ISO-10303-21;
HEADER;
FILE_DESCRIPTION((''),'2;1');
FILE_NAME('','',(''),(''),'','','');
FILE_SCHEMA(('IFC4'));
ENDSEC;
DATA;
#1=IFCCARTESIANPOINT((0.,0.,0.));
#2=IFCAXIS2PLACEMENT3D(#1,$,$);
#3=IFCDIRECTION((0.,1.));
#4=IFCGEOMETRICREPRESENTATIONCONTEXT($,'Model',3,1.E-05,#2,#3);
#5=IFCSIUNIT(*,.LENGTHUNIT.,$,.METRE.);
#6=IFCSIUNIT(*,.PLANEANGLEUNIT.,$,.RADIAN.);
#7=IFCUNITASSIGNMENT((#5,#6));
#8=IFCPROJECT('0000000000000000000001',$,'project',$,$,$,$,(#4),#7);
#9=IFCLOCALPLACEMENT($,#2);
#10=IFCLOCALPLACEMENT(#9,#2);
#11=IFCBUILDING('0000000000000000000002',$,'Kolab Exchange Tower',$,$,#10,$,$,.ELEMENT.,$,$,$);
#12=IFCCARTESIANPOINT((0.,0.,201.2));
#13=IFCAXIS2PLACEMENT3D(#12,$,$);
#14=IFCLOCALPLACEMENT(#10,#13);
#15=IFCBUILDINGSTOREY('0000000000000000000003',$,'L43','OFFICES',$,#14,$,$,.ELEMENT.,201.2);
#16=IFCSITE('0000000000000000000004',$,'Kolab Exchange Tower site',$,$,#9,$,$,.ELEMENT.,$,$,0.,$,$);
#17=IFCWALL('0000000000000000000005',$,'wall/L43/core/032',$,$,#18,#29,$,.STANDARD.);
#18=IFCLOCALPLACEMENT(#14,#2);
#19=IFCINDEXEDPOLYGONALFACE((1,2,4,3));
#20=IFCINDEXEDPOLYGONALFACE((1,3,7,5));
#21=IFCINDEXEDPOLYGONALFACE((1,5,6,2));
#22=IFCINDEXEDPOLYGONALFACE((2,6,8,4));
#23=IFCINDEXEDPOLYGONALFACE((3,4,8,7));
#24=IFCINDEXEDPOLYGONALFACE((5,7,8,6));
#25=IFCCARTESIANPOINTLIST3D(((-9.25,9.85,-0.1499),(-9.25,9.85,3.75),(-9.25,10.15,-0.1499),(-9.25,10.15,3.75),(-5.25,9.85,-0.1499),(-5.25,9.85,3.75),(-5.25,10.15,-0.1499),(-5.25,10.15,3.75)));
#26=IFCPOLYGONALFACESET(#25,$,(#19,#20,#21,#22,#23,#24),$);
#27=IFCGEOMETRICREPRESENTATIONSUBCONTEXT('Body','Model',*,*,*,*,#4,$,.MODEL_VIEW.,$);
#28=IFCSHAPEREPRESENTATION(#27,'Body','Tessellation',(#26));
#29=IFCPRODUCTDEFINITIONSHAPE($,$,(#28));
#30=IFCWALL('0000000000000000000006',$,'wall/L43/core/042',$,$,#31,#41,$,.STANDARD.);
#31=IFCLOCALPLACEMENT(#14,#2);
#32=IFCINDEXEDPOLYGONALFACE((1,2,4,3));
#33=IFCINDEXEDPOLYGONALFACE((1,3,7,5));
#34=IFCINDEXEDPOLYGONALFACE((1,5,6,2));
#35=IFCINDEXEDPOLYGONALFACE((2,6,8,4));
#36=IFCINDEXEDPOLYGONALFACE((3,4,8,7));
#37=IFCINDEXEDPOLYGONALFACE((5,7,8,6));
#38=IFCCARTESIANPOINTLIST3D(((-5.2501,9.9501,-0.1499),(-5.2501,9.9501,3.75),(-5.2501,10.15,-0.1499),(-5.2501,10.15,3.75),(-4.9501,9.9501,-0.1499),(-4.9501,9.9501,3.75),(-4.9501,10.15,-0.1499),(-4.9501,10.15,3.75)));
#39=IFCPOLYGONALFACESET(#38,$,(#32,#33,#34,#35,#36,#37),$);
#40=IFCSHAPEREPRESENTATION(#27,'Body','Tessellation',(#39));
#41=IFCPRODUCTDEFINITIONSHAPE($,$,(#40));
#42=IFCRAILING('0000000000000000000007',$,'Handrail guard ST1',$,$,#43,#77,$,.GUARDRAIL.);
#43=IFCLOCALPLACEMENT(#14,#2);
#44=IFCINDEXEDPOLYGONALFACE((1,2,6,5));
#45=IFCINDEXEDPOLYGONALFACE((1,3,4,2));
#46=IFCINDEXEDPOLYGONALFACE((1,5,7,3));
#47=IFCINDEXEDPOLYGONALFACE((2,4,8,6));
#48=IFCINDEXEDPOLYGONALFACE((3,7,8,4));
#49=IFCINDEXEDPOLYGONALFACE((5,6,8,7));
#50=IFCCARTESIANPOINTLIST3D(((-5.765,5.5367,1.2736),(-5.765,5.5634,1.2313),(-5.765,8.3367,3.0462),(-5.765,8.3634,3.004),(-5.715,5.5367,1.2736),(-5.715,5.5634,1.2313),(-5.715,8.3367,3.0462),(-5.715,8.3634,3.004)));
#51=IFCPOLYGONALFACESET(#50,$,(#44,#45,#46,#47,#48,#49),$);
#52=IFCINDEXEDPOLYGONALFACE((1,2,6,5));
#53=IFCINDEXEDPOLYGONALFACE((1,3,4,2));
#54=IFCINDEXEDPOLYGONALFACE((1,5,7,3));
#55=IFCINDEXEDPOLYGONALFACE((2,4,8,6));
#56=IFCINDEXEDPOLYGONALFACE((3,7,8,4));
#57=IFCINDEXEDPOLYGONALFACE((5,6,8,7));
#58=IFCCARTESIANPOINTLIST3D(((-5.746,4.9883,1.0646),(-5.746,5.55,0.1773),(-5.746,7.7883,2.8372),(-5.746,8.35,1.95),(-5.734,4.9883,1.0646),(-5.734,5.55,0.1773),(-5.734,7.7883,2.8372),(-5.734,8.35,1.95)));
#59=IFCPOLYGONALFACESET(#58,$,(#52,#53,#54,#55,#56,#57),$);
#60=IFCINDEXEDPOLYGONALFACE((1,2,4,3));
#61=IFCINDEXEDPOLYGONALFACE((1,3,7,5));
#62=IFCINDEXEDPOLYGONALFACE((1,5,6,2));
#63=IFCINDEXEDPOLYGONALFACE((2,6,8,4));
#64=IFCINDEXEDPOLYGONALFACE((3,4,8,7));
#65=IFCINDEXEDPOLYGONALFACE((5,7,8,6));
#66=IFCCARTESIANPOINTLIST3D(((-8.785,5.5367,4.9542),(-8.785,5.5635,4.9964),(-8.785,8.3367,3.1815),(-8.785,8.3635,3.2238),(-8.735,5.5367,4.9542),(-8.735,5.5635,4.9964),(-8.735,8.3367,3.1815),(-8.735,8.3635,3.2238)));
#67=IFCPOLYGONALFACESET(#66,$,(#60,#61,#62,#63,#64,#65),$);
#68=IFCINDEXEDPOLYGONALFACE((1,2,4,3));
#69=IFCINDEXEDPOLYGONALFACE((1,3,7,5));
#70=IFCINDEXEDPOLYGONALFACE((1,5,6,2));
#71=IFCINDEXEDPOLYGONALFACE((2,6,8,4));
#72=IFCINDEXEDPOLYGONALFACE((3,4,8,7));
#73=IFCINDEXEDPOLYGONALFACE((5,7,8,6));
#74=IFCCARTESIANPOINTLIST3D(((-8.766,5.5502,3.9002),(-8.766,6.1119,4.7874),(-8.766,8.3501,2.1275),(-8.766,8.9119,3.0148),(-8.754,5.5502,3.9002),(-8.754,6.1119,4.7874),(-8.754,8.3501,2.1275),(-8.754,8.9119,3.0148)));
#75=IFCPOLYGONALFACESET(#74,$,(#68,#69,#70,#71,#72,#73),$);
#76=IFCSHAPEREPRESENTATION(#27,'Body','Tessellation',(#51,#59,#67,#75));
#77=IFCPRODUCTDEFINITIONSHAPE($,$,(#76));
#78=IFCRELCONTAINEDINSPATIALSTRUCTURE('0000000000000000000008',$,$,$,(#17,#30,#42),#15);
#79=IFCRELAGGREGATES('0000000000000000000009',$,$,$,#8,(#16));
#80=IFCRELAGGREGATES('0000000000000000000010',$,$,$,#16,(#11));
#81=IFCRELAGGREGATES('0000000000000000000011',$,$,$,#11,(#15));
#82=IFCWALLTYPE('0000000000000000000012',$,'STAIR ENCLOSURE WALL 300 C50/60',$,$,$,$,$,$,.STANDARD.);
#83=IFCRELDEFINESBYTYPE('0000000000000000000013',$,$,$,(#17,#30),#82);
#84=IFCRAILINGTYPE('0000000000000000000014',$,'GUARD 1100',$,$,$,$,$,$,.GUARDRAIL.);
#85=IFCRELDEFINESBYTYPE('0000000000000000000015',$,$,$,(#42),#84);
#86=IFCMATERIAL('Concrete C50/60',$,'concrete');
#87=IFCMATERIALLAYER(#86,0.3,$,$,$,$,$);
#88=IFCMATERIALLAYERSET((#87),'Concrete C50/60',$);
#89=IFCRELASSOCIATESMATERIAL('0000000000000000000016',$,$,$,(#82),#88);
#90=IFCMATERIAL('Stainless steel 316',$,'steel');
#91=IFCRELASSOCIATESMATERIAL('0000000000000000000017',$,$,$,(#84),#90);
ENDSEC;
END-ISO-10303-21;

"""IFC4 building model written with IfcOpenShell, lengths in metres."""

from ifc_helpers import new_model, si_unit, direction, frame, frame_2d, origin, origin_2d, place, context, subcontext, project, spatial, rectangle, extrude, material, layer, layer_set, type_object, element, save


model = new_model("IFC4")

# Units and contexts
model_context = context("Model", 3, precision=1e-05, world=origin(), true_north=direction((0.0, 1.0)))
body_context = subcontext(model_context, "Body", "Model", "MODEL_VIEW")
ifc_project = project(units=[si_unit("LENGTHUNIT", "METRE"), si_unit("PLANEANGLEUNIT", "RADIAN")], contexts=[model_context])

# Site, building, storey
site_placement = place(None, origin())
site = spatial("IfcSite", under=ifc_project, at=site_placement, Name="Kolab Exchange Tower site", CompositionType="ELEMENT", RefElevation=0.0)
building_placement = place(site_placement, origin())
building = spatial("IfcBuilding", under=site, at=building_placement, Name="Kolab Exchange Tower", CompositionType="ELEMENT")
storey_placement = place(building_placement, frame((0.0, 0.0, 201.2)))
storey = spatial("IfcBuildingStorey", under=building, at=storey_placement, Name="L43", Description="OFFICES", CompositionType="ELEMENT", Elevation=201.2)

# Shared definitions
ifc_material_1 = material(Name="Concrete C50/60", Category="concrete")
ifc_material_2 = material(Name="Stainless steel 316", Category="steel")

# Walls
ifc_layer_1 = layer(ifc_material_1, 0.3)
ifc_layer_set_1 = layer_set([ifc_layer_1], Name="Concrete C50/60")
wall_type_1 = type_object("IfcWallType", Name="STAIR ENCLOSURE WALL 300 C50/60", PredefinedType="STANDARD", material=ifc_layer_set_1)
wall_1_placement = place(storey_placement, frame((-9.25, 10.0, -0.1499), z_axis=(0.0, 0.0, 1.0), x_axis=(1.0, 0.0, 0.0)))
element("IfcWall", 1, at=wall_1_placement, inside=storey, type_object=wall_type_1, Name="wall/L43/core/032", PredefinedType="STANDARD", context=body_context, shape_type="SweptSolid", body=[
    extrude(rectangle(XDim=4.0, YDim=0.3, at=frame_2d((2.0, 0.0))), origin(), (0.0, 0.0, 1.0), 3.8999),
])
wall_2_placement = place(storey_placement, frame((-5.1001, 9.95, -0.1499), z_axis=(0.0, 0.0, 1.0), x_axis=(0.0, 1.0, 0.0)))
element("IfcWall", 2, at=wall_2_placement, inside=storey, type_object=wall_type_1, Name="wall/L43/core/042", PredefinedType="STANDARD", context=body_context, shape_type="SweptSolid", body=[
    extrude(rectangle(XDim=0.2, YDim=0.3, at=frame_2d((0.1001, 0.0))), origin(), (0.0, 0.0, 1.0), 3.8999),
])

# Railing
railing_type = type_object("IfcRailingType", Name="GUARD 1100", PredefinedType="GUARDRAIL", material=ifc_material_2)
railing_placement = place(storey_placement, frame((-5.74, 5.55, 0.1772)))
element("IfcRailing", 3, at=railing_placement, inside=storey, type_object=railing_type, Name="Handrail guard ST1", PredefinedType="GUARDRAIL", context=body_context, shape_type="SweptSolid", body=[
    extrude(rectangle(XDim=0.05, YDim=0.05, at=origin_2d()), frame((0.0, 0.0, 1.0752), z_axis=(0.0, 0.844909, 0.53491), x_axis=(-1.0, 0.0, 0.0)), (0.0, 0.0, 1.0), 3.314),
    extrude(rectangle(XDim=0.012, YDim=1.0501, at=frame_2d((0.0, 0.5251))), frame((0.0, 0.0, 0.0), z_axis=(0.0, 0.844909, 0.53491), x_axis=(-1.0, 0.0, 0.0)), (0.0, 0.0, 1.0), 3.314),
    extrude(rectangle(XDim=0.05, YDim=0.05, at=origin_2d()), frame((-3.02, 2.8, 3.0254), z_axis=(0.0, -0.844909, 0.53491), x_axis=(1.0, 0.0, 0.0)), (0.0, 0.0, 1.0), 3.314),
    extrude(rectangle(XDim=0.012, YDim=1.0501, at=frame_2d((0.0, 0.5251))), frame((-3.02, 2.8, 1.9502), z_axis=(0.0, -0.844909, 0.53491), x_axis=(1.0, 0.0, 0.0)), (0.0, 0.0, 1.0), 3.314),
])

save(model, "model.ifc")
